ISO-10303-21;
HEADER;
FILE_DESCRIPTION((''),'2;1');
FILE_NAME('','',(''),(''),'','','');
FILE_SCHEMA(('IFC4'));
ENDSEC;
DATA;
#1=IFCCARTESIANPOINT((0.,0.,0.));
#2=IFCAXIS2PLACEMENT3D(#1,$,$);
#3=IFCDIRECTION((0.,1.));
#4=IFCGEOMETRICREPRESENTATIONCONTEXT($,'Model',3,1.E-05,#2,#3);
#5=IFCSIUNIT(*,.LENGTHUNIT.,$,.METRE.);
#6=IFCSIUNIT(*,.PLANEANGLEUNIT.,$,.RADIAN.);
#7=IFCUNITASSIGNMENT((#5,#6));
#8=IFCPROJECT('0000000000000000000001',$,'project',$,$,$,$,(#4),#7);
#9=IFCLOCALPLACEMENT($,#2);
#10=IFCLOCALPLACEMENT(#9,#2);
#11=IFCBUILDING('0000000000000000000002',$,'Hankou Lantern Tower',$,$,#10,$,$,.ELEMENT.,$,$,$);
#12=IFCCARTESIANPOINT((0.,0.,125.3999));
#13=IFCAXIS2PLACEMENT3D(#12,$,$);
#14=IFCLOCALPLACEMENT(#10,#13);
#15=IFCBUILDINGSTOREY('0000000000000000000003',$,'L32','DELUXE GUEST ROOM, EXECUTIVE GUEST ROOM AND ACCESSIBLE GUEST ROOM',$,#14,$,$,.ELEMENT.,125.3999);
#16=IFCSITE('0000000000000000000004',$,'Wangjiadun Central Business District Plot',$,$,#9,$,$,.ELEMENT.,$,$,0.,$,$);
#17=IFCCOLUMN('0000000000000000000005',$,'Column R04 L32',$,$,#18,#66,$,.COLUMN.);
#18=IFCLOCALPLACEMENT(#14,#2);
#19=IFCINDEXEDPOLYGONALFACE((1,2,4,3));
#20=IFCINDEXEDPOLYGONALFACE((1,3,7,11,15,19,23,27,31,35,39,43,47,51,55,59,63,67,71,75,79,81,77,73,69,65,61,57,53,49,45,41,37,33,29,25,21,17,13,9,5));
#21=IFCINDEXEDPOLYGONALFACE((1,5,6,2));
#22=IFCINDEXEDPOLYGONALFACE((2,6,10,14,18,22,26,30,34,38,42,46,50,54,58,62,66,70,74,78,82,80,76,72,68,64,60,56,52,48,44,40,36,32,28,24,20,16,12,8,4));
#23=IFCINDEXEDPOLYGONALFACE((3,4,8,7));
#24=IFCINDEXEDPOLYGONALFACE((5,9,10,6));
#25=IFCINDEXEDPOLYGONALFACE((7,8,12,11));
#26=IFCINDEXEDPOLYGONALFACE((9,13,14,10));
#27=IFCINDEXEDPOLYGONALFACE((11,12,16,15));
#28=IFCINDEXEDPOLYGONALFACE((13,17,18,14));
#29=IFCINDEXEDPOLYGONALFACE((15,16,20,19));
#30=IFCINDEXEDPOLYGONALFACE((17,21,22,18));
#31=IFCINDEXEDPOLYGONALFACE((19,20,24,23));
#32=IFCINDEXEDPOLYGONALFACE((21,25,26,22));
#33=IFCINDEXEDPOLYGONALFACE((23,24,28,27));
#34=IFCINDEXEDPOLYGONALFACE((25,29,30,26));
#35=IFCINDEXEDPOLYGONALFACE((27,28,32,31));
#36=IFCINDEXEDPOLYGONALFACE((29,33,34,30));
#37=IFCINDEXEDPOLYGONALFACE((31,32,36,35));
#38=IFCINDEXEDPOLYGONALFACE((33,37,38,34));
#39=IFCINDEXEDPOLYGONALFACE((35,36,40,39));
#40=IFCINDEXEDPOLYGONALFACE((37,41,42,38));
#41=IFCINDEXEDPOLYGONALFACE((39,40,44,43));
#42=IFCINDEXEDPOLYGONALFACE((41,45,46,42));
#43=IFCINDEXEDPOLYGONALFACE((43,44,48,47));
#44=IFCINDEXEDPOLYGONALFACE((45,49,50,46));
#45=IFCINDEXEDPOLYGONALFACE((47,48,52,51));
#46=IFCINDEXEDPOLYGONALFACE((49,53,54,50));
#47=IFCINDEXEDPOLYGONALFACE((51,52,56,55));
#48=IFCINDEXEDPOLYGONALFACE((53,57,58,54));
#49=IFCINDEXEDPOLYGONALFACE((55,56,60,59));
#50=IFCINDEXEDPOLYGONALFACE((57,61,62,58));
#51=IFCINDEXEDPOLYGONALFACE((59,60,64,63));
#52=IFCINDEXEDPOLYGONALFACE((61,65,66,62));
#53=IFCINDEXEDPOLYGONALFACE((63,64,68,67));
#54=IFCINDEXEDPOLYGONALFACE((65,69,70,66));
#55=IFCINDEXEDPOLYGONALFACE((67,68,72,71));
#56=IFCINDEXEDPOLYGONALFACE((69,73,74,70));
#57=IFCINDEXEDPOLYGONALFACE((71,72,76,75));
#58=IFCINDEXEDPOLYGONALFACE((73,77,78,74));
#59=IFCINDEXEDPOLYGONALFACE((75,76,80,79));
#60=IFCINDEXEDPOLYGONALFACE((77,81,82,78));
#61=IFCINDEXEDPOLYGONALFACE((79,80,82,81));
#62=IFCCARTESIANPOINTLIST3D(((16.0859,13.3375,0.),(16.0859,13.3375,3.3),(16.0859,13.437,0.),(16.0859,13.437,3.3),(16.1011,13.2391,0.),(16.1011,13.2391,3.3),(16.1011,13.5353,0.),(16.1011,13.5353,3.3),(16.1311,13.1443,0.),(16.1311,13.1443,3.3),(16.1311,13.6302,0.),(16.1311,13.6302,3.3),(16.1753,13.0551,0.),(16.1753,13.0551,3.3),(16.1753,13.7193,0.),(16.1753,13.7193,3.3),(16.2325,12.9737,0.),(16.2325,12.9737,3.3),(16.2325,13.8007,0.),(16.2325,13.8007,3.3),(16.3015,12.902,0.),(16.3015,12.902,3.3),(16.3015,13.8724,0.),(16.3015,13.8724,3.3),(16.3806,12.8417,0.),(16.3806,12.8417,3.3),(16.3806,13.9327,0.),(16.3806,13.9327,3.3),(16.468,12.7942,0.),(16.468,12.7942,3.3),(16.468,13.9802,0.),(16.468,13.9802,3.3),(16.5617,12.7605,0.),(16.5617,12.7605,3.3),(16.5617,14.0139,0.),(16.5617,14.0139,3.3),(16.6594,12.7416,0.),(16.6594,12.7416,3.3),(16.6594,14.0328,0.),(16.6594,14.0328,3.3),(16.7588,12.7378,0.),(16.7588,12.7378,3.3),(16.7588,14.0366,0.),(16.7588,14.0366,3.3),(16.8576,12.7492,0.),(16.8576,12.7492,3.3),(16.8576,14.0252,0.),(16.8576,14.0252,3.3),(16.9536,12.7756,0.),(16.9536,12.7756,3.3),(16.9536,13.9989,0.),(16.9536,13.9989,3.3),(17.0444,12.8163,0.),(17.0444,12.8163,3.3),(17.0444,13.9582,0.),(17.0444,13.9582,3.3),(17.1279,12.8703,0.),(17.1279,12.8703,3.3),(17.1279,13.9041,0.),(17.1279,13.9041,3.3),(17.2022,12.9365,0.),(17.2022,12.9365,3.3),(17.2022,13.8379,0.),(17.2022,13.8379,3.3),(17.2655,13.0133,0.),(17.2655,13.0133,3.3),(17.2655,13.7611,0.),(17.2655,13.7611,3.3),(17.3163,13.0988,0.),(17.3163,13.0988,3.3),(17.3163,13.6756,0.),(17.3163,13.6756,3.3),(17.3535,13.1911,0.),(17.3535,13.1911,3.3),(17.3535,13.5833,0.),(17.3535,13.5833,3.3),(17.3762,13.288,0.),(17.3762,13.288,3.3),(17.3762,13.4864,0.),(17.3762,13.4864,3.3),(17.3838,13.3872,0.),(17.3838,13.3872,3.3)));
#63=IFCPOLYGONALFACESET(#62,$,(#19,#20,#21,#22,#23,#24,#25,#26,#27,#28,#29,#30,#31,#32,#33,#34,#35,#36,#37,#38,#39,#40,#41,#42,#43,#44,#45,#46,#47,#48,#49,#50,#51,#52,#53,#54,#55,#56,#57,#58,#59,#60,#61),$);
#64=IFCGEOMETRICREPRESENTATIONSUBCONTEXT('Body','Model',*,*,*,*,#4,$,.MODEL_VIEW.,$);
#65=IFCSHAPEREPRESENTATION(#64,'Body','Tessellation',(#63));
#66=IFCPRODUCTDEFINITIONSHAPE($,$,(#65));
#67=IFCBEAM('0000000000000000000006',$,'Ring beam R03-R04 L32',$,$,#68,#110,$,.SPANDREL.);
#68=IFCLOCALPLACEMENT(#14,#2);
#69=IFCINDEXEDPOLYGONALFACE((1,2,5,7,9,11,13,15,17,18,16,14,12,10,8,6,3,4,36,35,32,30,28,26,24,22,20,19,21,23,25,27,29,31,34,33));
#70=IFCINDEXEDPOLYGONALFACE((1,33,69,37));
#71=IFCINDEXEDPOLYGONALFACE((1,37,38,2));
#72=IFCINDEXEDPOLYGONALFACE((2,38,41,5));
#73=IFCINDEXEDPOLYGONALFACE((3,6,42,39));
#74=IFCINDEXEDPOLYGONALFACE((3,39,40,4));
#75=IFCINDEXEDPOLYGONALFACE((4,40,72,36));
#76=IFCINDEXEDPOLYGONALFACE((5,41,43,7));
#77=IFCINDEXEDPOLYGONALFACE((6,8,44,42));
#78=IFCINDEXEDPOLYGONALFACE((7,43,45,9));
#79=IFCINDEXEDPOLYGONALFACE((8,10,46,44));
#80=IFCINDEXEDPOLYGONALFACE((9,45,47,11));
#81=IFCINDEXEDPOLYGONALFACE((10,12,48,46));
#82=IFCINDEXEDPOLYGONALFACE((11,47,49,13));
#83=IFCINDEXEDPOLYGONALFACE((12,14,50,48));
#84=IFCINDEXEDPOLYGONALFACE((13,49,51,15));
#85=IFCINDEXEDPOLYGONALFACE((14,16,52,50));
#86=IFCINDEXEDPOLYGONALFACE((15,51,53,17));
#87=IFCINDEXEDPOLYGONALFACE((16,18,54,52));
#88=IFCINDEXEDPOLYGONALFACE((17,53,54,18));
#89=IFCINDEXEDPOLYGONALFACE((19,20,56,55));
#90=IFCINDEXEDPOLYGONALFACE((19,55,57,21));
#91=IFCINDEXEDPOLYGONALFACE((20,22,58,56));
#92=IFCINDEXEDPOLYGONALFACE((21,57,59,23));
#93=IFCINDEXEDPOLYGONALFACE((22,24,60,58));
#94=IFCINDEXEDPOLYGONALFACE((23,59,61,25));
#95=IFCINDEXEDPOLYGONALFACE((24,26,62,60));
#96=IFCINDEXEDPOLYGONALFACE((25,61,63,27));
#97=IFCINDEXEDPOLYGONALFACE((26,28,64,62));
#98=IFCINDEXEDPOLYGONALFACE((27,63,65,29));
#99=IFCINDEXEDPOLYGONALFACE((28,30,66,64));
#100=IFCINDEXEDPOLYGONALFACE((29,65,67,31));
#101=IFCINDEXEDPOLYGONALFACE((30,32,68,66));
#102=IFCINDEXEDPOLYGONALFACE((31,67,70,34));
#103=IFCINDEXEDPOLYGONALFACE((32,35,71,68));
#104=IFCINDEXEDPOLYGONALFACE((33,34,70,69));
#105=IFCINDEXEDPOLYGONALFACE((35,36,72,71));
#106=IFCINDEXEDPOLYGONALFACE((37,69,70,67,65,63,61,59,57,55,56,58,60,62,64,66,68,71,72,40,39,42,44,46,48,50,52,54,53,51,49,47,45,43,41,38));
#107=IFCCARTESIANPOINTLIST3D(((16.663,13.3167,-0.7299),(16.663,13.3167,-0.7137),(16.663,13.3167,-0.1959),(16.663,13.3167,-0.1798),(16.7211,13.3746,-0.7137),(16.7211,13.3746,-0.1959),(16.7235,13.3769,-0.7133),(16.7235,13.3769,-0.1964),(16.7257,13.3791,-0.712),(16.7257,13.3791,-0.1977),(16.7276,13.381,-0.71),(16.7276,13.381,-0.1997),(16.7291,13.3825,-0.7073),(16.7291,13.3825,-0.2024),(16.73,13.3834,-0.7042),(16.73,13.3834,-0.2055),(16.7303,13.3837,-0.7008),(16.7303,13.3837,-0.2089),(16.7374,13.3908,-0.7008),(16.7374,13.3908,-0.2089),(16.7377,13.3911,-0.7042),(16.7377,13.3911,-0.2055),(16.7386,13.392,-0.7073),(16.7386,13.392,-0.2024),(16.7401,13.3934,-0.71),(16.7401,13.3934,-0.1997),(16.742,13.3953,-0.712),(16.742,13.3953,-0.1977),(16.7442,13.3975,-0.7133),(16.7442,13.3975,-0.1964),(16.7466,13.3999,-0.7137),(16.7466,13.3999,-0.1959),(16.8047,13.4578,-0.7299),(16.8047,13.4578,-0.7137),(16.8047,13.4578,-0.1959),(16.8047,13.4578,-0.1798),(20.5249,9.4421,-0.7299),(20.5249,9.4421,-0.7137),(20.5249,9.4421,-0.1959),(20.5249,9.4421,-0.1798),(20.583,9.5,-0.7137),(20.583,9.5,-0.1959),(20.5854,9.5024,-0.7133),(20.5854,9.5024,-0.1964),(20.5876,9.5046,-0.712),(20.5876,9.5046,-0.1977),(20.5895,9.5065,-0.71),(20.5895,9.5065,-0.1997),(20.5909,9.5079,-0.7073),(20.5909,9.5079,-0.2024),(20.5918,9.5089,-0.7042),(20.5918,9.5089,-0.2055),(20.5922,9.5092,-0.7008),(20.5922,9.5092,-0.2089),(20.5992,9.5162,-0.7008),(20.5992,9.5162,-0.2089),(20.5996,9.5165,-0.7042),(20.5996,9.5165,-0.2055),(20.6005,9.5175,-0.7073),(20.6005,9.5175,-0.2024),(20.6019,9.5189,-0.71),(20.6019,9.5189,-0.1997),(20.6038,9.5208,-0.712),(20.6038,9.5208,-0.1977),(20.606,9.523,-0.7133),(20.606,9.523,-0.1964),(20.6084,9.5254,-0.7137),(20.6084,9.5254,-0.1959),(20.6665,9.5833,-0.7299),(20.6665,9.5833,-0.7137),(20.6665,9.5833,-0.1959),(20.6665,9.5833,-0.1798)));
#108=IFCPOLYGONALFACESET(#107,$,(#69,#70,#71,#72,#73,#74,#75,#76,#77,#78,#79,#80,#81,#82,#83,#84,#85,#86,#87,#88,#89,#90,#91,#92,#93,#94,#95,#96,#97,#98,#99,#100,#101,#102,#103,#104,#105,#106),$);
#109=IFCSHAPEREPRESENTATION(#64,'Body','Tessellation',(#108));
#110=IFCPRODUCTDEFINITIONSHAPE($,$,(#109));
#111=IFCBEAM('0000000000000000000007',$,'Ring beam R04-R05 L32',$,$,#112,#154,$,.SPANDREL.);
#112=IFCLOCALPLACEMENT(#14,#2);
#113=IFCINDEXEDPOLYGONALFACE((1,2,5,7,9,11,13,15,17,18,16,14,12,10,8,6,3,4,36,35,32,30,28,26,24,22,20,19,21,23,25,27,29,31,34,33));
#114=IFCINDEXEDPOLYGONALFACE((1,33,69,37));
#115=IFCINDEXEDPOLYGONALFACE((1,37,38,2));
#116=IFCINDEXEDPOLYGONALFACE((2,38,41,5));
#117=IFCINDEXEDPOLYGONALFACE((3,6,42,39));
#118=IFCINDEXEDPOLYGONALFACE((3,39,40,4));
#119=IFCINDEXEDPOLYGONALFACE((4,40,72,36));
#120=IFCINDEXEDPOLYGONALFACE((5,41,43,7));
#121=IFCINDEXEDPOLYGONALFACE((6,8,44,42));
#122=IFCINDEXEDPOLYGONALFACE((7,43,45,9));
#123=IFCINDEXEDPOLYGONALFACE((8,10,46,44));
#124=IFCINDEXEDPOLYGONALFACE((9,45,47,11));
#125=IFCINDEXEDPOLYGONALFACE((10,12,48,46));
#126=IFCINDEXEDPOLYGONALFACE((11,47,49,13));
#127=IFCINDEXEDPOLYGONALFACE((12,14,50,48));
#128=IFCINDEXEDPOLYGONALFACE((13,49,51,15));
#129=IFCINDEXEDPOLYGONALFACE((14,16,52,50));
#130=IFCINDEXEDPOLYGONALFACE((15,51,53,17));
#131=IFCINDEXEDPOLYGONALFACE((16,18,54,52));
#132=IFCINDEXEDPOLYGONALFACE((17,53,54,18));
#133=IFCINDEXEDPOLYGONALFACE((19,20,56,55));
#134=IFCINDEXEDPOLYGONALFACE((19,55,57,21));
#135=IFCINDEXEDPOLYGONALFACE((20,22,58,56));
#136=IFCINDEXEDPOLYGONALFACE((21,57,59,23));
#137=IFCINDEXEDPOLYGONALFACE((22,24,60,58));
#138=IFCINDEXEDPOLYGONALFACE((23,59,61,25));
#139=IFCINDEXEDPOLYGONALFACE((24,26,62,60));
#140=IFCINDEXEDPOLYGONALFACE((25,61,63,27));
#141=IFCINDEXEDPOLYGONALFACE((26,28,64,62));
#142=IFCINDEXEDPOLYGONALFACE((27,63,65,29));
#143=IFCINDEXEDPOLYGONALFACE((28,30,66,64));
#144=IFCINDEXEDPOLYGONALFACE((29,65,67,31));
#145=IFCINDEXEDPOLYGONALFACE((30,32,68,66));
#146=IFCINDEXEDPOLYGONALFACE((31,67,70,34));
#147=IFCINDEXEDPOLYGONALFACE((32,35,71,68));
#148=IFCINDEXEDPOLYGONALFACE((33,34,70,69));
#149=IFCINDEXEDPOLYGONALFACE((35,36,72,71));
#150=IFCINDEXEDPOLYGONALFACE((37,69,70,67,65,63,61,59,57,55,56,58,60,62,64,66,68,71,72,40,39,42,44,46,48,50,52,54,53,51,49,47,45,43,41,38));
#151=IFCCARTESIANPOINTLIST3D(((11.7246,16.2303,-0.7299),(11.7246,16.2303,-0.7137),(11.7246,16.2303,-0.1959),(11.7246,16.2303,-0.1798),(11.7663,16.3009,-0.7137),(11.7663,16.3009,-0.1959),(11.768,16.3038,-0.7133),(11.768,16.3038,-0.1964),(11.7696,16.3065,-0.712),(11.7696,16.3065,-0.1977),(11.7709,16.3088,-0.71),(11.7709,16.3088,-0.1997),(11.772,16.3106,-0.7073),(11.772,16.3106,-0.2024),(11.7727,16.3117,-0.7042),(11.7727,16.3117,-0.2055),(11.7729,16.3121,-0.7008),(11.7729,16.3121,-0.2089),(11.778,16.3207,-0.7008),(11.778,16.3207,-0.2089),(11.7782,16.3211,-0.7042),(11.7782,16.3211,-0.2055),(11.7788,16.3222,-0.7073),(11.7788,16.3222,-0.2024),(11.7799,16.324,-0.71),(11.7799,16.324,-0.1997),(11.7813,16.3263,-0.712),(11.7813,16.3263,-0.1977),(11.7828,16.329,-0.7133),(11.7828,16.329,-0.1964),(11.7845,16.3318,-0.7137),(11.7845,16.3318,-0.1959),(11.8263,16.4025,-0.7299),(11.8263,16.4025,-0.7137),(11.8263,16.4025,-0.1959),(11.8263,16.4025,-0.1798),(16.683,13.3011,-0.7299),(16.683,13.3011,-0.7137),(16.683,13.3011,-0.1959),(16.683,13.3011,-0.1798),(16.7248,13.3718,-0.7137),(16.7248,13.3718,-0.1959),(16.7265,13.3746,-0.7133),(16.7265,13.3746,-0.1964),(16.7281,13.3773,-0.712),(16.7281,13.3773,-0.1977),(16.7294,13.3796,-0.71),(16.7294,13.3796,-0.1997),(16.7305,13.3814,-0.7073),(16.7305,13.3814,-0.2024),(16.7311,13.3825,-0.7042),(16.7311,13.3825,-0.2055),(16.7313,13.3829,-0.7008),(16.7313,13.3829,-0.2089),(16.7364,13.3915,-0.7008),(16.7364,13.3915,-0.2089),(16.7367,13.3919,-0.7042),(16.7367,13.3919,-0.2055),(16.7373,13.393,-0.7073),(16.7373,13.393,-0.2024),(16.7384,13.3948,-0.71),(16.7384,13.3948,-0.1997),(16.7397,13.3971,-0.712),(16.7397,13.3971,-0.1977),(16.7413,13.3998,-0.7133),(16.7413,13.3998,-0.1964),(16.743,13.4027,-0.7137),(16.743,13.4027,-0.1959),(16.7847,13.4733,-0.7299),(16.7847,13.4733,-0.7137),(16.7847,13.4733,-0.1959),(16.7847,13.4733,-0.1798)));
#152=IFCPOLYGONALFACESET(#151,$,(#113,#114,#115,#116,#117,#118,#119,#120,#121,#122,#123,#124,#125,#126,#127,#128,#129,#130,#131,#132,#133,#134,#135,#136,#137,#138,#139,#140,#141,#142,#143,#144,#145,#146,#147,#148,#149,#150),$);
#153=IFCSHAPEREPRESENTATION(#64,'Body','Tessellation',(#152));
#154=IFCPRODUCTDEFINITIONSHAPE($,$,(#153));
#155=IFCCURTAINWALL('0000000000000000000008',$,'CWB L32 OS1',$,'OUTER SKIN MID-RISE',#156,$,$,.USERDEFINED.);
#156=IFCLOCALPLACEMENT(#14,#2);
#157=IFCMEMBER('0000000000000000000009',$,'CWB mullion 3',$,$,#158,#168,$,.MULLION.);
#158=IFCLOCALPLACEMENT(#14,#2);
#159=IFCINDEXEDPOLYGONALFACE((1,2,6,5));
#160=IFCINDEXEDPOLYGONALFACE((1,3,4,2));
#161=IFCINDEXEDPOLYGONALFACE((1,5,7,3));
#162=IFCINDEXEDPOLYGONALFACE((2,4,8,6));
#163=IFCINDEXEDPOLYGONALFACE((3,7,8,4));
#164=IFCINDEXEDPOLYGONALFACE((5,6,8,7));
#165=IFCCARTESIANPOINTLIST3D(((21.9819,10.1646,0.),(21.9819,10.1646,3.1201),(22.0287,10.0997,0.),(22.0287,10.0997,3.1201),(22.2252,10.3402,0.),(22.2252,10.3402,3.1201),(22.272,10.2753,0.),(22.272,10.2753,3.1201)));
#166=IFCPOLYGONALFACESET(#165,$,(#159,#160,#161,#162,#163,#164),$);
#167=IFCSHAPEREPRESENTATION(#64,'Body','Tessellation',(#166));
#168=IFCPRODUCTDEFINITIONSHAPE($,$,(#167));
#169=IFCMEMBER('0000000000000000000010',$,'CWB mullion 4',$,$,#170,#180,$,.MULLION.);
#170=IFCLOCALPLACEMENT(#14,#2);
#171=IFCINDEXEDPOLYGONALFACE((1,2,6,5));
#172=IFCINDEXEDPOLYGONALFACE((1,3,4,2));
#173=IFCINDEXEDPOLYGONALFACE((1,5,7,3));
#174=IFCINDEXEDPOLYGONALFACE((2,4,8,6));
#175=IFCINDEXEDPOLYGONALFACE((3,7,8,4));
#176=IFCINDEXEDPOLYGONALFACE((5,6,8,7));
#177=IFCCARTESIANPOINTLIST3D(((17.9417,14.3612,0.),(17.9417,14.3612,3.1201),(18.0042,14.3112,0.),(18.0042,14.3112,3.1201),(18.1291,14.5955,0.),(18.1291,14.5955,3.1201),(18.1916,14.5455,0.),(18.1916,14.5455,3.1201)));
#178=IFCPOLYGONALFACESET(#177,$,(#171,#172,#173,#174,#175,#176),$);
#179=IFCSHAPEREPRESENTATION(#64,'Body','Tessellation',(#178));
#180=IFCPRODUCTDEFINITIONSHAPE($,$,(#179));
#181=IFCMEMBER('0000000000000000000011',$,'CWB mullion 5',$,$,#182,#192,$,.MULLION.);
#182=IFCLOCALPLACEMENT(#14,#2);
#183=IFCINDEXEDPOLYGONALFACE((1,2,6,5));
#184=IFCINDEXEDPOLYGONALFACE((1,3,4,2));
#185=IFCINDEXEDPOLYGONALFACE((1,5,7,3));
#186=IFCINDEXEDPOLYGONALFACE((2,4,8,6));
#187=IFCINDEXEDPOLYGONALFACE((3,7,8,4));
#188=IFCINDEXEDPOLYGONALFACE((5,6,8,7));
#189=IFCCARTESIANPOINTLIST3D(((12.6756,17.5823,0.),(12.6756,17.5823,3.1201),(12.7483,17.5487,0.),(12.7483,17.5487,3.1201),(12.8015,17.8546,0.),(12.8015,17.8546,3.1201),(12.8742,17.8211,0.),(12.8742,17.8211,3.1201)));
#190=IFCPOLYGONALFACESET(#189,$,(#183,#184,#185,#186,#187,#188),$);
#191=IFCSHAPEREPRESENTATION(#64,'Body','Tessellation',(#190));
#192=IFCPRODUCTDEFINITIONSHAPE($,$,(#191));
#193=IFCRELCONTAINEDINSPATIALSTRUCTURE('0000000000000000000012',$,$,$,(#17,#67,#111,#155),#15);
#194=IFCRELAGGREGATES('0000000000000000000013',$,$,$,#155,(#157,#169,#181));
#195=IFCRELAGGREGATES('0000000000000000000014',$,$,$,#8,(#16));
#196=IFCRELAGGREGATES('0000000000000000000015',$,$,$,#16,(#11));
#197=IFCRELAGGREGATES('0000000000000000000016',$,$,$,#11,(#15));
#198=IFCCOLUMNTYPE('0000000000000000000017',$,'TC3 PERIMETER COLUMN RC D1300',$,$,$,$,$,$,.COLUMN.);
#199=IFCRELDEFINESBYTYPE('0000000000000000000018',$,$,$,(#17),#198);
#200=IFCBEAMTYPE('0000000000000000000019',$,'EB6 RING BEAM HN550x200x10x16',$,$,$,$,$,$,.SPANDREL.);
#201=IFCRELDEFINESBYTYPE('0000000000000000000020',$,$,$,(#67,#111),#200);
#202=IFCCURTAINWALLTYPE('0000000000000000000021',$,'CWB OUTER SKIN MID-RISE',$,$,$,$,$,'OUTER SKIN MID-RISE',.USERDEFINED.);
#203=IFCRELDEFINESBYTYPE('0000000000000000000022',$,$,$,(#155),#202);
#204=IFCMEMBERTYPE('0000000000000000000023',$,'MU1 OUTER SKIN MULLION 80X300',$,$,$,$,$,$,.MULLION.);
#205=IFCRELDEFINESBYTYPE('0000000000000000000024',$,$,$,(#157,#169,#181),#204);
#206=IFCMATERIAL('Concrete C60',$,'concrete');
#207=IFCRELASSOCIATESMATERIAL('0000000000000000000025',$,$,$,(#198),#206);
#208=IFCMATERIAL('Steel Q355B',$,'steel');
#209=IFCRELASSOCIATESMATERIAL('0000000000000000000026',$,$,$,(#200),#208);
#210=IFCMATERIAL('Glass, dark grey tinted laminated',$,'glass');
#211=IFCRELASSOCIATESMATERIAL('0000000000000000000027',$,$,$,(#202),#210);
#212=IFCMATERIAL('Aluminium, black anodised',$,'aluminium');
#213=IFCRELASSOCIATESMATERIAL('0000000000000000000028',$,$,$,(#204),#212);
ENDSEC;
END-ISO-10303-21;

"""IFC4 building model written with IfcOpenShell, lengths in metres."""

from ifc_helpers import new_model, si_unit, direction, frame, origin, origin_2d, place, context, subcontext, project, spatial, rectangle, circle, i_section, extrude, material, material_profile, profile_set, type_object, element, aggregate, save


model = new_model("IFC4")

# Units and contexts
model_context = context("Model", 3, precision=1e-05, world=origin(), true_north=direction((0.0, 1.0)))
body_context = subcontext(model_context, "Body", "Model", "MODEL_VIEW")
ifc_project = project(units=[si_unit("LENGTHUNIT", "METRE"), si_unit("PLANEANGLEUNIT", "RADIAN")], contexts=[model_context])

# Site, building, storey
site_placement = place(None, origin())
site = spatial("IfcSite", under=ifc_project, at=site_placement, Name="Wangjiadun Central Business District Plot", CompositionType="ELEMENT", RefElevation=0.0)
building_placement = place(site_placement, origin())
building = spatial("IfcBuilding", under=site, at=building_placement, Name="Hankou Lantern Tower", CompositionType="ELEMENT")
storey_placement = place(building_placement, frame((0.0, 0.0, 125.3999)))
storey = spatial("IfcBuildingStorey", under=building, at=storey_placement, Name="L32", Description="DELUXE GUEST ROOM, EXECUTIVE GUEST ROOM AND ACCESSIBLE GUEST ROOM", CompositionType="ELEMENT", Elevation=125.3999)

# Column
ifc_material_1 = material(Name="Concrete C60", Category="concrete")
ifc_material_profile_1 = material_profile(ifc_material_1, circle(Radius=0.6499, at=origin_2d()), Name="RC D1300")
ifc_profile_set_1 = profile_set([ifc_material_profile_1], Name="Concrete C60")
column_type = type_object("IfcColumnType", Name="TC3 PERIMETER COLUMN RC D1300", PredefinedType="COLUMN", material=ifc_profile_set_1)
column_placement = place(storey_placement, frame((16.7339, 13.3872, 0.0), z_axis=(0.0, 0.0, 1.0), x_axis=(1.0, 0.0, 0.0)))
element("IfcColumn", 1, at=column_placement, inside=storey, type_object=column_type, Name="Column R04 L32", PredefinedType="COLUMN", context=body_context, shape_type="SweptSolid", body=[
    extrude(circle(Radius=0.6499, at=origin_2d()), origin(), (0.0, 0.0, 1.0), 3.3),
])

# Beams
ifc_material_2 = material(Name="Steel Q355B", Category="steel")
ifc_material_profile_2 = material_profile(ifc_material_2, i_section(OverallWidth=0.2, OverallDepth=0.55, WebThickness=0.01, FlangeThickness=0.0161, FilletRadius=0.0129, at=origin_2d()), Name="HN550x200x10x16")
ifc_profile_set_2 = profile_set([ifc_material_profile_2], Name="Steel Q355B")
beam_type = type_object("IfcBeamType", Name="EB6 RING BEAM HN550x200x10x16", PredefinedType="SPANDREL", material=ifc_profile_set_2)
beam_1_placement = place(storey_placement, frame((20.5957, 9.5127, -0.4548), z_axis=(-0.705945, 0.708266, 0.0), x_axis=(-0.708266, -0.705945, 0.0)))
element("IfcBeam", 2, at=beam_1_placement, inside=storey, type_object=beam_type, Name="Ring beam R03-R04 L32", PredefinedType="SPANDREL", context=body_context, shape_type="SweptSolid", body=[
    extrude(i_section(OverallWidth=0.2, OverallDepth=0.55, WebThickness=0.01, FlangeThickness=0.0161, FilletRadius=0.0129, at=origin_2d()), origin(), (0.0, 0.0, 1.0), 5.4705),
])
beam_2_placement = place(storey_placement, frame((16.7339, 13.3872, -0.4548), z_axis=(-0.860989, 0.508624, 0.0), x_axis=(-0.508624, -0.860989, 0.0)))
element("IfcBeam", 3, at=beam_2_placement, inside=storey, type_object=beam_type, Name="Ring beam R04-R05 L32", PredefinedType="SPANDREL", context=body_context, shape_type="SweptSolid", body=[
    extrude(i_section(OverallWidth=0.2, OverallDepth=0.55, WebThickness=0.01, FlangeThickness=0.0161, FilletRadius=0.0129, at=origin_2d()), origin(), (0.0, 0.0, 1.0), 5.759),
])

# Curtain wall, members
ifc_material_3 = material(Name="Glass, dark grey tinted laminated", Category="glass")
curtain_wall_type = type_object("IfcCurtainWallType", Name="CWB OUTER SKIN MID-RISE", ElementType="OUTER SKIN MID-RISE", PredefinedType="USERDEFINED", material=ifc_material_3)
curtain_wall_placement = place(storey_placement, origin())
curtain_wall = element("IfcCurtainWall", 4, at=curtain_wall_placement, inside=storey, type_object=curtain_wall_type, Name="CWB L32 OS1", ObjectType="OUTER SKIN MID-RISE", PredefinedType="USERDEFINED")
ifc_material_4 = material(Name="Aluminium, black anodised", Category="aluminium")
ifc_material_profile_3 = material_profile(ifc_material_4, rectangle(XDim=0.0801, YDim=0.3, at=origin_2d()), Name="MU1 80X300")
ifc_profile_set_3 = profile_set([ifc_material_profile_3], Name="Aluminium, black anodised")
member_type_1 = type_object("IfcMemberType", Name="MU1 OUTER SKIN MULLION 80X300", PredefinedType="MULLION", material=ifc_profile_set_3)
member_1_placement = place(storey_placement, frame((22.127, 10.22, 0.0), z_axis=(0.0, 0.0, 1.0), x_axis=(-0.585206, 0.810885, 0.0)))
member_1 = element("IfcMember", 5, at=member_1_placement, type_object=member_type_1, Name="CWB mullion 3", PredefinedType="MULLION", context=body_context, shape_type="SweptSolid", body=[
    extrude(rectangle(XDim=0.0801, YDim=0.3, at=origin_2d()), origin(), (0.0, 0.0, 1.0), 3.1201),
])
member_2_placement = place(storey_placement, frame((18.0667, 14.4534, 0.0), z_axis=(0.0, 0.0, 1.0), x_axis=(-0.780869, 0.624695, 0.0)))
member_2 = element("IfcMember", 6, at=member_2_placement, type_object=member_type_1, Name="CWB mullion 4", PredefinedType="MULLION", context=body_context, shape_type="SweptSolid", body=[
    extrude(rectangle(XDim=0.0801, YDim=0.3, at=origin_2d()), origin(), (0.0, 0.0, 1.0), 3.1201),
])
member_3_placement = place(storey_placement, frame((12.7749, 17.7017, 0.0), z_axis=(0.0, 0.0, 1.0), x_axis=(-0.907841, 0.419314, 0.0)))
member_3 = element("IfcMember", 7, at=member_3_placement, type_object=member_type_1, Name="CWB mullion 5", PredefinedType="MULLION", context=body_context, shape_type="SweptSolid", body=[
    extrude(rectangle(XDim=0.0801, YDim=0.3, at=origin_2d()), origin(), (0.0, 0.0, 1.0), 3.1201),
])
aggregate(curtain_wall, [member_1, member_2, member_3])

save(model, "model.ifc")
